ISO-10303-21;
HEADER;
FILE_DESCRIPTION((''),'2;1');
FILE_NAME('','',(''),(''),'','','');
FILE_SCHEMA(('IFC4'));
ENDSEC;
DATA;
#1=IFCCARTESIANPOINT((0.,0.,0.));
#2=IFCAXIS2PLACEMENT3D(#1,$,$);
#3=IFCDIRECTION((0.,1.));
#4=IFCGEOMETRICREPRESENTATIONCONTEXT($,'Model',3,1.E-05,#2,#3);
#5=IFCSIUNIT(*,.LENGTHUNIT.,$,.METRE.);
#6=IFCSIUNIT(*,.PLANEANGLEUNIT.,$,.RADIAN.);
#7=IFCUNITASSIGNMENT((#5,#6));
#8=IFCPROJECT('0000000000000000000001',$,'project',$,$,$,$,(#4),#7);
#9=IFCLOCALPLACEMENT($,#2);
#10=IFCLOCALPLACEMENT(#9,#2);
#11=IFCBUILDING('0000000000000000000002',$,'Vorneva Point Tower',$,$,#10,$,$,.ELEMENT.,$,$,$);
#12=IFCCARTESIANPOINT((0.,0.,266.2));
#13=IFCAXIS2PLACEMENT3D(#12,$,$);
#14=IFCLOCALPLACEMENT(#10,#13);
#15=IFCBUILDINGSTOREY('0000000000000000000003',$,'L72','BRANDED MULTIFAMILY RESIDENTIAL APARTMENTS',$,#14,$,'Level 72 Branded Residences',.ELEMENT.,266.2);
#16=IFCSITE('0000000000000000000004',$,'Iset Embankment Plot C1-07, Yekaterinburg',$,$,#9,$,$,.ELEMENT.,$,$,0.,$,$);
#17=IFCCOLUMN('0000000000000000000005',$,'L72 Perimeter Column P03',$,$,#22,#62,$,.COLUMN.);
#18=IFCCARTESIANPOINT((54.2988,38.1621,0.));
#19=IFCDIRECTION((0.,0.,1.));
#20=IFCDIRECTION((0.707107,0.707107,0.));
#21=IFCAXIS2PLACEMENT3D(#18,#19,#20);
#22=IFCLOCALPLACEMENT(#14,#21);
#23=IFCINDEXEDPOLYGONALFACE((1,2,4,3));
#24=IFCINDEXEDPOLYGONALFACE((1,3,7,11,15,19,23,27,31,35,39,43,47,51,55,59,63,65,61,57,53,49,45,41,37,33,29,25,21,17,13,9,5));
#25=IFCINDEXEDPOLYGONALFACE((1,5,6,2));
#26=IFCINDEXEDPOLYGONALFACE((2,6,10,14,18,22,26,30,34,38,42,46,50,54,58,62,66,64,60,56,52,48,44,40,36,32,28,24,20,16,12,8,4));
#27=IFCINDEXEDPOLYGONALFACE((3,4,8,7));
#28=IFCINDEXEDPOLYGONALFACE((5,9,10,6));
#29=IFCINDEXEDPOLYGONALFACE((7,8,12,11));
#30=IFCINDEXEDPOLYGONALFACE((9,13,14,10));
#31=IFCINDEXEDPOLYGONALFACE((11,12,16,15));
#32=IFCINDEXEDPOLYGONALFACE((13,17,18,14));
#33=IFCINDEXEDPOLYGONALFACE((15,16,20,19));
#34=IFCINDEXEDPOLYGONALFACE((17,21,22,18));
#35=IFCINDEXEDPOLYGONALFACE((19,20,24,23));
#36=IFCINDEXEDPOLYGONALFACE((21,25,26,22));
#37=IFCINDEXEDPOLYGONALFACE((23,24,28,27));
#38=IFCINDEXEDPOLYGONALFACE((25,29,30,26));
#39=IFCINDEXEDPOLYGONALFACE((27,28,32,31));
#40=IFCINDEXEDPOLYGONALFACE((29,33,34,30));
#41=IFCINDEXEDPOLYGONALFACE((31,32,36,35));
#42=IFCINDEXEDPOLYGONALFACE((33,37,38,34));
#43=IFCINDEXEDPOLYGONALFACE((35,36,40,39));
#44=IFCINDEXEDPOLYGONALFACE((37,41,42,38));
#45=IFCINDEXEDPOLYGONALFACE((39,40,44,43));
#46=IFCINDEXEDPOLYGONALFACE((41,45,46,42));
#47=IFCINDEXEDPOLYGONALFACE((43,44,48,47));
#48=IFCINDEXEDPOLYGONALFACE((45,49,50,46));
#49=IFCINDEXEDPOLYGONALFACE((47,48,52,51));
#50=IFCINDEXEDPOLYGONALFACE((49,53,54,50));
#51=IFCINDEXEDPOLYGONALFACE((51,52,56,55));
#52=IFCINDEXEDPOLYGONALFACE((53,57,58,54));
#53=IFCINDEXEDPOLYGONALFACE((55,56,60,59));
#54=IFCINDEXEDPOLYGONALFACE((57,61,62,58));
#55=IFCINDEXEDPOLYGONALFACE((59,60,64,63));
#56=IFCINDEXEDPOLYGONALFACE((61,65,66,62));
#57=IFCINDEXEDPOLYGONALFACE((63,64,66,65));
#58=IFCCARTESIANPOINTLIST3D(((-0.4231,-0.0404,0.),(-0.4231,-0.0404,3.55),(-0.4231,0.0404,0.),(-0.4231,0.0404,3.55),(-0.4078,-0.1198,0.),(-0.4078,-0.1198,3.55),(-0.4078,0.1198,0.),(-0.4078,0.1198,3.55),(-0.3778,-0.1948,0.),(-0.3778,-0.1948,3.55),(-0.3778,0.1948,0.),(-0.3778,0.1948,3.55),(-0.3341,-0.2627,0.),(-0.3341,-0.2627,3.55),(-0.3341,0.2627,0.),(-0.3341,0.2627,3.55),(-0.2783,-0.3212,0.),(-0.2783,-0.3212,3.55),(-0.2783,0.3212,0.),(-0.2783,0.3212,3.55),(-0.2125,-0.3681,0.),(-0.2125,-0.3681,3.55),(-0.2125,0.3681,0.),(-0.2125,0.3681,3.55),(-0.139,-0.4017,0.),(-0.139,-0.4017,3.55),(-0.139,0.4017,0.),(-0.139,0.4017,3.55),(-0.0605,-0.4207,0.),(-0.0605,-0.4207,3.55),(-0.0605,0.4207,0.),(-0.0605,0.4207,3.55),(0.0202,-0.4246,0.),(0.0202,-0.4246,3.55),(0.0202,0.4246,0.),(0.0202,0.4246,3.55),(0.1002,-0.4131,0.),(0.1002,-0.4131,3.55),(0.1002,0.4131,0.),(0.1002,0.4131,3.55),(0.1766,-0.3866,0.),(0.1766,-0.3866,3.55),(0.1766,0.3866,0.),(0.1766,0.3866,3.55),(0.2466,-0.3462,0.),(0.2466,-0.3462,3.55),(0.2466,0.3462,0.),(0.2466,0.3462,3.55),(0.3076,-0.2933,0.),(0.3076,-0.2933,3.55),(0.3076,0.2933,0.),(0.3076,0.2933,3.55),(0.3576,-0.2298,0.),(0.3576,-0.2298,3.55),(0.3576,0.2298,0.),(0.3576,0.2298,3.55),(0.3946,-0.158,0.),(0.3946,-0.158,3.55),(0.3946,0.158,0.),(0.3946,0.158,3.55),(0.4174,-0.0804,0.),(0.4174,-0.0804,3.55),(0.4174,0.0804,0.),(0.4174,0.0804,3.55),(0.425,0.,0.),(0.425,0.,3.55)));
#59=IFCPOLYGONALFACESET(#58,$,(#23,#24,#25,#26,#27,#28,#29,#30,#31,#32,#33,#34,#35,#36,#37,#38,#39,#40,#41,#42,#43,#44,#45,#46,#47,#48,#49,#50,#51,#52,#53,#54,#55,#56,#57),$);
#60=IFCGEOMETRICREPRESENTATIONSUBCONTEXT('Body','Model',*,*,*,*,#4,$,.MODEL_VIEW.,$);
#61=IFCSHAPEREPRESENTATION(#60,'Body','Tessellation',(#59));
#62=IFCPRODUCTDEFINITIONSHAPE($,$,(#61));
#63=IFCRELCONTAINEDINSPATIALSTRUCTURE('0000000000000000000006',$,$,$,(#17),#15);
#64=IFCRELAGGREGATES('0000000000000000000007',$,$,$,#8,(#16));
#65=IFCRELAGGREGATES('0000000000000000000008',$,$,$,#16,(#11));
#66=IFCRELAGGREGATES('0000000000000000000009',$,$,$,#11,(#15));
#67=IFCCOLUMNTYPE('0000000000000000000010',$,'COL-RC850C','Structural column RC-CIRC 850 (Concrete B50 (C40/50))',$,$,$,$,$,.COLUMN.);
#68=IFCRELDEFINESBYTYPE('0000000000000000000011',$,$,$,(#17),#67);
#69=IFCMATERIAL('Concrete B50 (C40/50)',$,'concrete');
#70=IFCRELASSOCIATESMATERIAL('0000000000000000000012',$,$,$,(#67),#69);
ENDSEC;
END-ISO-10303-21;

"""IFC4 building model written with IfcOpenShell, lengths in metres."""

from ifc_helpers import new_model, si_unit, direction, frame, origin, origin_2d, place, context, subcontext, project, spatial, circle, extrude, material, material_profile, profile_set, type_object, element, save


model = new_model("IFC4")

# Units and contexts
model_context = context("Model", 3, precision=1e-05, world=origin(), true_north=direction((0.0, 1.0)))
body_context = subcontext(model_context, "Body", "Model", "MODEL_VIEW")
ifc_project = project(units=[si_unit("LENGTHUNIT", "METRE"), si_unit("PLANEANGLEUNIT", "RADIAN")], contexts=[model_context])

# Site, building, storey
site_placement = place(None, origin())
site = spatial("IfcSite", under=ifc_project, at=site_placement, Name="Iset Embankment Plot C1-07, Yekaterinburg", CompositionType="ELEMENT", RefElevation=0.0)
building_placement = place(site_placement, origin())
building = spatial("IfcBuilding", under=site, at=building_placement, Name="Vorneva Point Tower", CompositionType="ELEMENT")
storey_placement = place(building_placement, frame((0.0, 0.0, 266.2)))
storey = spatial("IfcBuildingStorey", under=building, at=storey_placement, Name="L72", Description="BRANDED MULTIFAMILY RESIDENTIAL APARTMENTS", LongName="Level 72 Branded Residences", CompositionType="ELEMENT", Elevation=266.2)

# Column
ifc_material_1 = material(Name="Concrete B50 (C40/50)", Category="concrete")
ifc_material_profile_1 = material_profile(ifc_material_1, circle(Radius=0.425, at=origin_2d()), Name="RC-CIRC 850")
ifc_profile_set_1 = profile_set([ifc_material_profile_1], Name="Concrete B50 (C40/50)")
column_type = type_object("IfcColumnType", Name="COL-RC850C", Description="Structural column RC-CIRC 850 (Concrete B50 (C40/50))", PredefinedType="COLUMN", material=ifc_profile_set_1)
column_placement = place(storey_placement, frame((54.2988, 38.1621, 0.0), z_axis=(0.0, 0.0, 1.0), x_axis=(0.707107, 0.707107, 0.0)))
element("IfcColumn", 1, at=column_placement, inside=storey, type_object=column_type, Name="L72 Perimeter Column P03", PredefinedType="COLUMN", context=body_context, shape_type="SweptSolid", body=[
    extrude(circle(Radius=0.425, at=origin_2d()), origin(), (0.0, 0.0, 1.0), 3.55),
])

save(model, "model.ifc")
